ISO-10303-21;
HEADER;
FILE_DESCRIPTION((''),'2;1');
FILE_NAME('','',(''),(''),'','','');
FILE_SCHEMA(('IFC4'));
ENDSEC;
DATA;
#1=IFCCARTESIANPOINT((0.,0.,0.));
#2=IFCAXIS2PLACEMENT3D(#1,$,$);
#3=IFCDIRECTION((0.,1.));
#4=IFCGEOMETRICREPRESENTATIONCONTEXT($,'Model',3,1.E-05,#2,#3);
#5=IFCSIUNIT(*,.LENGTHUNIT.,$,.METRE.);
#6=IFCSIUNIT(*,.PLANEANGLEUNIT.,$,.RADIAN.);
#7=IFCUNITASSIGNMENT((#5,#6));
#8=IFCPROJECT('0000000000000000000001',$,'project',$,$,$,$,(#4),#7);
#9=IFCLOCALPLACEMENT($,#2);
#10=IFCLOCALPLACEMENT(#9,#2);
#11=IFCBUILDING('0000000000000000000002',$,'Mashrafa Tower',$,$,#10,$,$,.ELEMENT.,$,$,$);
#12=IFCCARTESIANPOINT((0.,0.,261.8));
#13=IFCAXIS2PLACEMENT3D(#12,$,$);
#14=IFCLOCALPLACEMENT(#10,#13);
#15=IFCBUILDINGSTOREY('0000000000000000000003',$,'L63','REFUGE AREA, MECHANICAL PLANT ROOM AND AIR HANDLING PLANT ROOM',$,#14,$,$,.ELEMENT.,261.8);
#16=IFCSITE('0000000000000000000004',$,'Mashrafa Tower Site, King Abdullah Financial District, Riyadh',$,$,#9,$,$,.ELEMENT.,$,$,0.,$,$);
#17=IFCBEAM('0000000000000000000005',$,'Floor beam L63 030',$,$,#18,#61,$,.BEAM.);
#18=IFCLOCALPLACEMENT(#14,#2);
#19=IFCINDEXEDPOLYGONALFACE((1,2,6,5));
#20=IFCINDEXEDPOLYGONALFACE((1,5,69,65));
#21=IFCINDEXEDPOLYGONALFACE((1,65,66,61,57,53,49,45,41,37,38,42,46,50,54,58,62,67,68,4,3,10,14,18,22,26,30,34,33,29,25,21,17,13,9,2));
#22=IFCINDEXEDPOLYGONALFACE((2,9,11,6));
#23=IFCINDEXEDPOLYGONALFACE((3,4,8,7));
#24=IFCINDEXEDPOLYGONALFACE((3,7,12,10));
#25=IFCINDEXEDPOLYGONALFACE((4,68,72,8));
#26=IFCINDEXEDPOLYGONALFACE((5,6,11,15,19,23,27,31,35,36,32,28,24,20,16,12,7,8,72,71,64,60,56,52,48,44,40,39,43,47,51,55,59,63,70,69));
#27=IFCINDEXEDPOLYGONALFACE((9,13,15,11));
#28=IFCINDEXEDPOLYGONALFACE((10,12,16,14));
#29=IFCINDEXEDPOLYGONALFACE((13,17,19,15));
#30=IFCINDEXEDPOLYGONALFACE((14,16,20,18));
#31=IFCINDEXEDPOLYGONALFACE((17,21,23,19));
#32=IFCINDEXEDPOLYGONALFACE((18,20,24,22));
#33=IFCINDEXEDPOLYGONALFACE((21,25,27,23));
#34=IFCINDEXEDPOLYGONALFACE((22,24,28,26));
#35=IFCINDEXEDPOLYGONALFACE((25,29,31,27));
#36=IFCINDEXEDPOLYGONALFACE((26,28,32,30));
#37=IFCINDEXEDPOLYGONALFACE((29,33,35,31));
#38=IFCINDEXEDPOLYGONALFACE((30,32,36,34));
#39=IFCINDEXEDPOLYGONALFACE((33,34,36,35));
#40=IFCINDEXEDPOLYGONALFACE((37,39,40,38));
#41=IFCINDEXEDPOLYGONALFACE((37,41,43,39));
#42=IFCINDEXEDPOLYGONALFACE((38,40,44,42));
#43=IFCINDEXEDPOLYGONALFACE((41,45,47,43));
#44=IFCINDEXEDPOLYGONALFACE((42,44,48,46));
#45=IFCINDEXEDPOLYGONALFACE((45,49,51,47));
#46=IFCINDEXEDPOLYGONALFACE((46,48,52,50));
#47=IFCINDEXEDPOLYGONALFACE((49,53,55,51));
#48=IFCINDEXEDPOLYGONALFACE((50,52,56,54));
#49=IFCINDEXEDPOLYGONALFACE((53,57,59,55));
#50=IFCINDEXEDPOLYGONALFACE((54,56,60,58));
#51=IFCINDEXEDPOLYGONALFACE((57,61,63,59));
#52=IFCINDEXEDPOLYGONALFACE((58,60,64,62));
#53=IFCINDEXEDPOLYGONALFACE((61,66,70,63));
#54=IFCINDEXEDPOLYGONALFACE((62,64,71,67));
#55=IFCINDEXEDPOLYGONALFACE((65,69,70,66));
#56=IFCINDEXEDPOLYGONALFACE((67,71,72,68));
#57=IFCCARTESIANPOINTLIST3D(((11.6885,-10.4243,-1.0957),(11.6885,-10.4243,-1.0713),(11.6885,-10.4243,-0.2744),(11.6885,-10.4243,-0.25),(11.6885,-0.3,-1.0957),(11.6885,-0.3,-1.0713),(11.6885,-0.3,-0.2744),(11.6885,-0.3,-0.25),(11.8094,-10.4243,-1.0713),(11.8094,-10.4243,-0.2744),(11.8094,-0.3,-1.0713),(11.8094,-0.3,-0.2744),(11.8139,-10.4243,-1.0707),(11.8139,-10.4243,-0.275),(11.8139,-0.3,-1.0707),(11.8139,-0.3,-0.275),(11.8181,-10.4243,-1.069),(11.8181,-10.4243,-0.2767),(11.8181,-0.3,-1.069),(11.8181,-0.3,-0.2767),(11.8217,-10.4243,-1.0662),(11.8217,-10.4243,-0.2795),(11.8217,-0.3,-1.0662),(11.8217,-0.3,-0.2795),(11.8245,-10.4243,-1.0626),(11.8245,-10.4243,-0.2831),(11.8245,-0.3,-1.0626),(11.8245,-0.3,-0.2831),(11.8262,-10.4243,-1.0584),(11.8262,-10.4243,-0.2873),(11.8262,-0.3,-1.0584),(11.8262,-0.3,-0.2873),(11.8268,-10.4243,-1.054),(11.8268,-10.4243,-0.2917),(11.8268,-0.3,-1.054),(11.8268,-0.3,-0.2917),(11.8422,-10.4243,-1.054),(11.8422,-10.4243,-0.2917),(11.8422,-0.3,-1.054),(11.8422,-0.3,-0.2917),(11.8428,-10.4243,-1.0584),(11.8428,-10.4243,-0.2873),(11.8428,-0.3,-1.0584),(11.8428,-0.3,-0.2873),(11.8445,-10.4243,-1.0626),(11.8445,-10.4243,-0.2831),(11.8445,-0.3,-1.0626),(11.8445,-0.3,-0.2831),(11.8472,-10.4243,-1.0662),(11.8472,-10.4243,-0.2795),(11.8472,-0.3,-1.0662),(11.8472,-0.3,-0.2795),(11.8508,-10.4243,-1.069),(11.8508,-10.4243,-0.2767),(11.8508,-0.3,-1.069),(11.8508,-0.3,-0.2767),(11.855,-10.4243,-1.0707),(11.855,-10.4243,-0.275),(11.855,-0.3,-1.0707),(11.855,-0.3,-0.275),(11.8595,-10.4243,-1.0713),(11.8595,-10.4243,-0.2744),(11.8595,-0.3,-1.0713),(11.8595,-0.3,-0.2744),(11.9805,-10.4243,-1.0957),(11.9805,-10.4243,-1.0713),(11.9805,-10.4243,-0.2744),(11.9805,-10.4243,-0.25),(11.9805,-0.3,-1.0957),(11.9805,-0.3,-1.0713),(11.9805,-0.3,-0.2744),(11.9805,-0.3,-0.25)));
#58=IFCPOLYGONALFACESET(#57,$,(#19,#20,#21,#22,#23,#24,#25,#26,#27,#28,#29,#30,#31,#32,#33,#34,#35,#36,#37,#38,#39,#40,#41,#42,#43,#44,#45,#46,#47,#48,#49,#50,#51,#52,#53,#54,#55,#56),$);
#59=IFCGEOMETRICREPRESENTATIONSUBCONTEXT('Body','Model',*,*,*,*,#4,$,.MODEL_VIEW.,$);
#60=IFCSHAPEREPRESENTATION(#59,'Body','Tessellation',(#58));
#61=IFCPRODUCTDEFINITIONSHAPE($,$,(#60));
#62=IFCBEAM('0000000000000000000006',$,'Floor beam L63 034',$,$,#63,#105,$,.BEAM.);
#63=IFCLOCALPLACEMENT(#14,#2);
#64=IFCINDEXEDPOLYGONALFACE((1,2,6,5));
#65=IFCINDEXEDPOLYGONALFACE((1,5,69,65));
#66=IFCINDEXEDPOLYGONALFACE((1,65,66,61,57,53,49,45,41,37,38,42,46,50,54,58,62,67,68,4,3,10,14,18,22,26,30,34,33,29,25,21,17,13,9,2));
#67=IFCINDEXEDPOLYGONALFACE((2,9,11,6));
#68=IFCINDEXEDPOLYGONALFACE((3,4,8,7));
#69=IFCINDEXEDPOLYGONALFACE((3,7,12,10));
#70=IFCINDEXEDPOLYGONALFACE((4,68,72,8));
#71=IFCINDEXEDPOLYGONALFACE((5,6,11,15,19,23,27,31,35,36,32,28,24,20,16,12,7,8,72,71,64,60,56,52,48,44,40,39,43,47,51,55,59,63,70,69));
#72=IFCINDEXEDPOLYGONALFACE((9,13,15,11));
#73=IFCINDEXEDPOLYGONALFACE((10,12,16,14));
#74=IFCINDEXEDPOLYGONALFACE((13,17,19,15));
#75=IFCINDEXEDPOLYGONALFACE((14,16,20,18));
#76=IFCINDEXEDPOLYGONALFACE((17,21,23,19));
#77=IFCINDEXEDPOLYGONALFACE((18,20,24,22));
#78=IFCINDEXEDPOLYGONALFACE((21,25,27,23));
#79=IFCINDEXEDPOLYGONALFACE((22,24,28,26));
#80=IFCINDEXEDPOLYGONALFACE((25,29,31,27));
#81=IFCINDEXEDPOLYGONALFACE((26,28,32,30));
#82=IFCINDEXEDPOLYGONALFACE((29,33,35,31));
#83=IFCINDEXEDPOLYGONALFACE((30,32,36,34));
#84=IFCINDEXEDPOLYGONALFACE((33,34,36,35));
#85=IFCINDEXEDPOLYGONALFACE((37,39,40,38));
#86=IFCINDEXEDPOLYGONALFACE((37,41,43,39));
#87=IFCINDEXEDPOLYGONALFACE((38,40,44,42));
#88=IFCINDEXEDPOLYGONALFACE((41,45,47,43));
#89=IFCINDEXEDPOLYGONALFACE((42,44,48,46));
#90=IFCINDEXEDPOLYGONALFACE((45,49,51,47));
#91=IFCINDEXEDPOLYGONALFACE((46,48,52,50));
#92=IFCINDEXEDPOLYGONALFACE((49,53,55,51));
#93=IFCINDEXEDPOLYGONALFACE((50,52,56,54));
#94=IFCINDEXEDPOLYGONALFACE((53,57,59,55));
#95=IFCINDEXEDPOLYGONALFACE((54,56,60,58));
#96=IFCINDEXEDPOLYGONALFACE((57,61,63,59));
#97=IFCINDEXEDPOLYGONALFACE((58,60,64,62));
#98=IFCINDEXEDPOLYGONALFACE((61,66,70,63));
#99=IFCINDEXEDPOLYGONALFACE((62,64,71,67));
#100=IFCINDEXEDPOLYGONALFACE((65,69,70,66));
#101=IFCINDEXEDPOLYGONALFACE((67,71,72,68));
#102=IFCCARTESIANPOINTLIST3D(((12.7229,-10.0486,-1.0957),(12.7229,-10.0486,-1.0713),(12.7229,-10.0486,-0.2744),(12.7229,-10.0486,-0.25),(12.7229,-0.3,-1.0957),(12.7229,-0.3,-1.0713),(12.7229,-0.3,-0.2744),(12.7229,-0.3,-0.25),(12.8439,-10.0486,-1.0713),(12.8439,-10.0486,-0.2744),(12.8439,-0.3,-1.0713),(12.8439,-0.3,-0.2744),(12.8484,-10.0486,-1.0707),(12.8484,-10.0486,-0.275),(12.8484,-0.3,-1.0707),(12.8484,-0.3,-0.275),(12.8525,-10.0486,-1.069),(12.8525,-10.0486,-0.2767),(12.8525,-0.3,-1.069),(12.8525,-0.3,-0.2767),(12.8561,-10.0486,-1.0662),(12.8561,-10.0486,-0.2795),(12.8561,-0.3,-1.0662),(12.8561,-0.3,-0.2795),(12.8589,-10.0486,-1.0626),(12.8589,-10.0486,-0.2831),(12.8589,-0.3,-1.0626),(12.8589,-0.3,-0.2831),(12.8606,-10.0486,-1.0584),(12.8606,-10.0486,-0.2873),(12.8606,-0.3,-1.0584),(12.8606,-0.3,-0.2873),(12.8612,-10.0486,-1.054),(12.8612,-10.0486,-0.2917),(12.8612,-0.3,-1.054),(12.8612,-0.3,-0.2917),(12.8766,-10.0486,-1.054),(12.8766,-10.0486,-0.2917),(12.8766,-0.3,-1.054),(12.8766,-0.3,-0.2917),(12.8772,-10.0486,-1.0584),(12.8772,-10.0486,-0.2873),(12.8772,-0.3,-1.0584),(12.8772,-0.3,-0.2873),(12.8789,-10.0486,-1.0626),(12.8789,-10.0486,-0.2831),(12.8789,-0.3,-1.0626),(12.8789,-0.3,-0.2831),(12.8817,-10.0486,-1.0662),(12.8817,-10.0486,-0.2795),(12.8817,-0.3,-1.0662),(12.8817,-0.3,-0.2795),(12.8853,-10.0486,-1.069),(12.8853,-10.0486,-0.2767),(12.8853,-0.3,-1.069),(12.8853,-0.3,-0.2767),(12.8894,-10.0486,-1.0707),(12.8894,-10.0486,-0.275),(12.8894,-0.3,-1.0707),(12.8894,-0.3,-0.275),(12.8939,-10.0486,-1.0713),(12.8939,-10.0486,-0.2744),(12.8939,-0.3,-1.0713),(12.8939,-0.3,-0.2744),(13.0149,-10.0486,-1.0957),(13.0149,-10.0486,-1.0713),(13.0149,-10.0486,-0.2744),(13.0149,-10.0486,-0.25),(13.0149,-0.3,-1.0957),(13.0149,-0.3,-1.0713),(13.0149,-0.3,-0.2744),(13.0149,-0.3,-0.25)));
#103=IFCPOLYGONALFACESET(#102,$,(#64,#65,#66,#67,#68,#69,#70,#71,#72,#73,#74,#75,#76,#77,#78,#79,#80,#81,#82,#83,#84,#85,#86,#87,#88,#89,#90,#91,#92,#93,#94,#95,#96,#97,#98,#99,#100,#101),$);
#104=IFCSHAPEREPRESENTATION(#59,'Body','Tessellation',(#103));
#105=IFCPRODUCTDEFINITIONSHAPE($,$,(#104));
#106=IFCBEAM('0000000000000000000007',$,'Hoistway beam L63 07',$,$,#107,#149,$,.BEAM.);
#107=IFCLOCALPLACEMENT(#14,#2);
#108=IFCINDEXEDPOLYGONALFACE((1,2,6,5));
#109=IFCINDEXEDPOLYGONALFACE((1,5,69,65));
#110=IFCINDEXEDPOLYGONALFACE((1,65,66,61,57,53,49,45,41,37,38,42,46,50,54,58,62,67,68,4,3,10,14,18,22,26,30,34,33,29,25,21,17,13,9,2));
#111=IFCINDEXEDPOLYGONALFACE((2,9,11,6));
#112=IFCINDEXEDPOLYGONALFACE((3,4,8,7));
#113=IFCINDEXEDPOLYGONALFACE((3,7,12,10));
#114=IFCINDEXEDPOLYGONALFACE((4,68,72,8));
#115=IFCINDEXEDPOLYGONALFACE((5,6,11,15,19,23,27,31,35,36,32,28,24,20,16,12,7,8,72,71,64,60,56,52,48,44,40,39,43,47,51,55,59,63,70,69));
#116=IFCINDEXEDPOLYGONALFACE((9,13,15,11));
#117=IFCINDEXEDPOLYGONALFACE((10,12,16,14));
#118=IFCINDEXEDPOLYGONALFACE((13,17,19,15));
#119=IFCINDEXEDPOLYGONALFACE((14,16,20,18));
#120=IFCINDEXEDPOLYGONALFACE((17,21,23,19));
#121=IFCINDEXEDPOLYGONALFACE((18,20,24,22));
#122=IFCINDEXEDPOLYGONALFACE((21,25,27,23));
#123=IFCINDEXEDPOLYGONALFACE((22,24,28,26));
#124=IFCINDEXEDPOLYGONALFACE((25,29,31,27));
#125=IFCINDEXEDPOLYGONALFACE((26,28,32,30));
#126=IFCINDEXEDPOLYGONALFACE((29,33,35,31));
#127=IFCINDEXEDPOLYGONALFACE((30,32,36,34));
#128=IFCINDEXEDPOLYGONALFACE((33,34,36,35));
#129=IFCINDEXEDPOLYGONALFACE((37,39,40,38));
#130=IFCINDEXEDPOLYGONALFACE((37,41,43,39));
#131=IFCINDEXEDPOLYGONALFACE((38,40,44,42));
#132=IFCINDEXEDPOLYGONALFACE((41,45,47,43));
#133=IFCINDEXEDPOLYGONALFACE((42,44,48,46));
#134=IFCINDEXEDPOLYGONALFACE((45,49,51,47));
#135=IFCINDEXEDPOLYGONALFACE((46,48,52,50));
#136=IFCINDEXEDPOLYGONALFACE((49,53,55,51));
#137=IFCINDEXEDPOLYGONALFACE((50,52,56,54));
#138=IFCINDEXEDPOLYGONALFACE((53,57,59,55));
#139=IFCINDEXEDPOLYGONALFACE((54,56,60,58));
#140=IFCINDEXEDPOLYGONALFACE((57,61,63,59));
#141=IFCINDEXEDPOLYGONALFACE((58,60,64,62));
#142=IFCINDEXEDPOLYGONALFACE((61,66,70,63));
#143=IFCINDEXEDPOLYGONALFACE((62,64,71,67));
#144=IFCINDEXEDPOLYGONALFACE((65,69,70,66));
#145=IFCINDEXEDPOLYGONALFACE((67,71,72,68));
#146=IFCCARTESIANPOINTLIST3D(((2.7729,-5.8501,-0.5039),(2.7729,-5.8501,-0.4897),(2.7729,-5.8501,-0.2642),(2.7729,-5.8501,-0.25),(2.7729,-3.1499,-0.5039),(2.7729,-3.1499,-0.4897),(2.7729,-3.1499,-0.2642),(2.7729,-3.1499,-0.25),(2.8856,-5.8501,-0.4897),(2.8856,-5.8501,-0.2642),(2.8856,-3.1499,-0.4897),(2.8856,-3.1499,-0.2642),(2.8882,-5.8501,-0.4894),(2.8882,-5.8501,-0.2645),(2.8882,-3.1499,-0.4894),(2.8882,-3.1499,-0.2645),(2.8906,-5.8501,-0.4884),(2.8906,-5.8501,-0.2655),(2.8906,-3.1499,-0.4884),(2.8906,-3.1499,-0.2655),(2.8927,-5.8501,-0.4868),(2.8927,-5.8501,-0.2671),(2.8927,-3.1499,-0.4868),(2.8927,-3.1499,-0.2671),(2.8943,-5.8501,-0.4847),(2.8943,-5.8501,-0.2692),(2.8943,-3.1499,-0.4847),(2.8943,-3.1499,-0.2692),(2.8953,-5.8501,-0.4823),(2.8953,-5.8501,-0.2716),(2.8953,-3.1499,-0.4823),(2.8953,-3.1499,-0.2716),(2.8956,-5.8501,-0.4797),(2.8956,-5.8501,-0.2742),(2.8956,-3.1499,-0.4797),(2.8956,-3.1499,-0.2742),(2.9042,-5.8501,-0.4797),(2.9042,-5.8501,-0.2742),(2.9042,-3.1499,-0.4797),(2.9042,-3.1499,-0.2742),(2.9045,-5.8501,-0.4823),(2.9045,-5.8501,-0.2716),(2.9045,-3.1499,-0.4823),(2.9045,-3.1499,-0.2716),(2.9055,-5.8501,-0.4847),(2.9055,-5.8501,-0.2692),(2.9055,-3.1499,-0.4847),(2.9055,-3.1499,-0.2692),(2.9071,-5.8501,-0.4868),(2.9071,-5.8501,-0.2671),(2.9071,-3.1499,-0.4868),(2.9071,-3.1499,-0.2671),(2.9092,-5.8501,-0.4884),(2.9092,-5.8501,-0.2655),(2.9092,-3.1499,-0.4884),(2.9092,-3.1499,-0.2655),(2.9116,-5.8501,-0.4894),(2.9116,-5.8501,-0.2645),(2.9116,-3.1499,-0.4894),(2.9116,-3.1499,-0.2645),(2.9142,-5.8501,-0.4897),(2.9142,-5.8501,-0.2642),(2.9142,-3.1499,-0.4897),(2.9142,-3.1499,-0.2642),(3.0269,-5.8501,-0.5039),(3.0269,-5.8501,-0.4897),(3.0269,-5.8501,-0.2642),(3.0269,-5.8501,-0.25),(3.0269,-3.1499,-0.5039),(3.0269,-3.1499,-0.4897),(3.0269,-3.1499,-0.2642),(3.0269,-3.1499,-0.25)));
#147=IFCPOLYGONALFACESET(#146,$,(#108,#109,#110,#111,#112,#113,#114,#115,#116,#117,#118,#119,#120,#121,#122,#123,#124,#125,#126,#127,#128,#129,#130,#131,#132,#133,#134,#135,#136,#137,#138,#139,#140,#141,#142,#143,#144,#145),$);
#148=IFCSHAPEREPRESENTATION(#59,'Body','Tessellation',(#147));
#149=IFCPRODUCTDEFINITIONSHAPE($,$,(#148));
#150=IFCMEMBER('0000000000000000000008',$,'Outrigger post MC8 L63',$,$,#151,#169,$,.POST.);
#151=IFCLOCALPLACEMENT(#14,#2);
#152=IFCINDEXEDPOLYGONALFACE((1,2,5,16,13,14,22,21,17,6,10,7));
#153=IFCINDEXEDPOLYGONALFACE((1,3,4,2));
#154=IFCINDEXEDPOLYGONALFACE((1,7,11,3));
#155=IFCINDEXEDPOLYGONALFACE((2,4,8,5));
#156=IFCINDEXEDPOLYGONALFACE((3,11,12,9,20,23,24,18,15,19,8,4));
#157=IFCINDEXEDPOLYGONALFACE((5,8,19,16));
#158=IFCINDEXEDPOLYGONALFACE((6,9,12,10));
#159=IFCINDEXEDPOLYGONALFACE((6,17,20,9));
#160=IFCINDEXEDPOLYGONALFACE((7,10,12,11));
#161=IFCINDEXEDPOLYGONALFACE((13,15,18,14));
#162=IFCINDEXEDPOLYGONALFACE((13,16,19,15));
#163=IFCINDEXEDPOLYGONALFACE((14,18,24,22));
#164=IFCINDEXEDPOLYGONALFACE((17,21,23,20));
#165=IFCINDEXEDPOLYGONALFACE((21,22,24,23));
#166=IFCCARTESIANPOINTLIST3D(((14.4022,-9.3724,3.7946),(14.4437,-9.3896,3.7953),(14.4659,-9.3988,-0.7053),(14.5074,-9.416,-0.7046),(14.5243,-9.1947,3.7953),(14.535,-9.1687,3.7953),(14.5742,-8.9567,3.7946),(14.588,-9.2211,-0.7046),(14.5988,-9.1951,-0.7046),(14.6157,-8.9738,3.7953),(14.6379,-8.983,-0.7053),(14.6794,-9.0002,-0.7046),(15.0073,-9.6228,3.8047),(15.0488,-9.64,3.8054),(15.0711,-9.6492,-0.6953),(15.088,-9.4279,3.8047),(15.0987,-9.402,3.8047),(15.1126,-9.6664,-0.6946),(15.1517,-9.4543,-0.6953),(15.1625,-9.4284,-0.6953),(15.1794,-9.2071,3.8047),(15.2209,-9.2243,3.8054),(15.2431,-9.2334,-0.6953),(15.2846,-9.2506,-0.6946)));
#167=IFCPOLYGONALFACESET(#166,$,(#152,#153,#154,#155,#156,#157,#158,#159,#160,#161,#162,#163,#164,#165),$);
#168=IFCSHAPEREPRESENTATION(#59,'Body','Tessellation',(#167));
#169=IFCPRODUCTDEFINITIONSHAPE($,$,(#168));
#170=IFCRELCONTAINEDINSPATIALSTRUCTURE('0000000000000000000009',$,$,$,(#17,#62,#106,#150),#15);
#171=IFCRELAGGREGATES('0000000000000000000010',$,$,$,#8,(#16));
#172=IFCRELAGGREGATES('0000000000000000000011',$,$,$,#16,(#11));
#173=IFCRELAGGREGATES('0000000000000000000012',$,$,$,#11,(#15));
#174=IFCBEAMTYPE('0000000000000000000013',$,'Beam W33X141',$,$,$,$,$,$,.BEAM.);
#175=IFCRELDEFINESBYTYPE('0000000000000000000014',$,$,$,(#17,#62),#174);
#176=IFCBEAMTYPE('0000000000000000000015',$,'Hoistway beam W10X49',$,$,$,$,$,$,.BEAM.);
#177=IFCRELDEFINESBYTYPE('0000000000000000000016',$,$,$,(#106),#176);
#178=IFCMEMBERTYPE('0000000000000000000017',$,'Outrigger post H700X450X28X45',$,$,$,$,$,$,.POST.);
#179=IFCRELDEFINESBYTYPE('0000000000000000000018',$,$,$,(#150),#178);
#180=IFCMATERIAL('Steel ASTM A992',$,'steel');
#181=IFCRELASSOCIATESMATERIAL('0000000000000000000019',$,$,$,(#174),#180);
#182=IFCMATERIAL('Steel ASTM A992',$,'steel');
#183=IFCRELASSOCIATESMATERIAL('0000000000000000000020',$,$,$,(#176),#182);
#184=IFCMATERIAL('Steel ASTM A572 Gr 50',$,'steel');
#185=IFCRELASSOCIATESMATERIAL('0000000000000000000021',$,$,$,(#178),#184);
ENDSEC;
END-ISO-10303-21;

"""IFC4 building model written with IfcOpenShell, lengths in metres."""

from ifc_helpers import new_model, si_unit, direction, frame, origin, origin_2d, place, context, subcontext, project, spatial, i_section, extrude, source, transform, mapped, material, material_profile, profile_set, type_object, type_shapes, element, save


model = new_model("IFC4")

# Units and contexts
model_context = context("Model", 3, precision=1e-05, world=origin(), true_north=direction((0.0, 1.0)))
body_context = subcontext(model_context, "Body", "Model", "MODEL_VIEW")
ifc_project = project(units=[si_unit("LENGTHUNIT", "METRE"), si_unit("PLANEANGLEUNIT", "RADIAN")], contexts=[model_context])

# Site, building, storey
site_placement = place(None, origin())
site = spatial("IfcSite", under=ifc_project, at=site_placement, Name="Mashrafa Tower Site, King Abdullah Financial District, Riyadh", CompositionType="ELEMENT", RefElevation=0.0)
building_placement = place(site_placement, origin())
building = spatial("IfcBuilding", under=site, at=building_placement, Name="Mashrafa Tower", CompositionType="ELEMENT")
storey_placement = place(building_placement, frame((0.0, 0.0, 261.8)))
storey = spatial("IfcBuildingStorey", under=building, at=storey_placement, Name="L63", Description="REFUGE AREA, MECHANICAL PLANT ROOM AND AIR HANDLING PLANT ROOM", CompositionType="ELEMENT", Elevation=261.8)

# Beams
ifc_material_1 = material(Name="Steel ASTM A992", Category="steel")
ifc_material_profile_1 = material_profile(ifc_material_1, i_section(OverallWidth=0.292, OverallDepth=0.8457, WebThickness=0.0154, FlangeThickness=0.0244, FilletRadius=0.0173, at=origin_2d()), Name="W33X141")
ifc_profile_set_1 = profile_set([ifc_material_profile_1], Name="Steel ASTM A992")
beam_type_1 = type_object("IfcBeamType", Name="Beam W33X141", PredefinedType="BEAM", material=ifc_profile_set_1)
beam_1_placement = place(storey_placement, frame((11.8345, -0.3, -0.6729), z_axis=(0.0, -1.0, 0.0), x_axis=(1.0, 0.0, 0.0)))
element("IfcBeam", 1, at=beam_1_placement, inside=storey, type_object=beam_type_1, Name="Floor beam L63 030", PredefinedType="BEAM", context=body_context, shape_type="SweptSolid", body=[
    extrude(i_section(OverallWidth=0.292, OverallDepth=0.8457, WebThickness=0.0154, FlangeThickness=0.0244, FilletRadius=0.0173, at=origin_2d()), origin(), (0.0, 0.0, 1.0), 10.1243),
])
beam_2_placement = place(storey_placement, frame((12.8689, -0.3, -0.6729), z_axis=(0.0, -1.0, 0.0), x_axis=(1.0, 0.0, 0.0)))
element("IfcBeam", 2, at=beam_2_placement, inside=storey, type_object=beam_type_1, Name="Floor beam L63 034", PredefinedType="BEAM", context=body_context, shape_type="SweptSolid", body=[
    extrude(i_section(OverallWidth=0.292, OverallDepth=0.8457, WebThickness=0.0154, FlangeThickness=0.0244, FilletRadius=0.0173, at=origin_2d()), origin(), (0.0, 0.0, 1.0), 9.7485),
])
ifc_material_2 = material(Name="Steel ASTM A992", Category="steel")
ifc_material_profile_2 = material_profile(ifc_material_2, i_section(OverallWidth=0.2539, OverallDepth=0.2539, WebThickness=0.0085, FlangeThickness=0.0142, FilletRadius=0.01, at=origin_2d()), Name="W10X49")
ifc_profile_set_2 = profile_set([ifc_material_profile_2], Name="Steel ASTM A992")
beam_type_2 = type_object("IfcBeamType", Name="Hoistway beam W10X49", PredefinedType="BEAM", material=ifc_profile_set_2)
beam_3_placement = place(storey_placement, frame((2.8999, -5.8501, -0.377), z_axis=(0.0, 1.0, 0.0), x_axis=(-1.0, 0.0, 0.0)))
element("IfcBeam", 3, at=beam_3_placement, inside=storey, type_object=beam_type_2, Name="Hoistway beam L63 07", PredefinedType="BEAM", context=body_context, shape_type="SweptSolid", body=[
    extrude(i_section(OverallWidth=0.2539, OverallDepth=0.2539, WebThickness=0.0085, FlangeThickness=0.0142, FilletRadius=0.01, at=origin_2d()), origin(), (0.0, 0.0, 1.0), 2.7002),
])

# Member
ifc_material_3 = material(Name="Steel ASTM A572 Gr 50", Category="steel")
ifc_material_profile_3 = material_profile(ifc_material_3, i_section(OverallWidth=0.45, OverallDepth=0.7, WebThickness=0.0281, FlangeThickness=0.0449, at=origin_2d()), Name="H700X450X28X45")
ifc_profile_set_3 = profile_set([ifc_material_profile_3], Name="Steel ASTM A572 Gr 50")
member_type_1 = type_object("IfcMemberType", Name="Outrigger post H700X450X28X45", PredefinedType="POST", material=ifc_profile_set_3)
shared_shape_1 = source(origin(), body_context, "Body", "SweptSolid", [
    extrude(i_section(OverallWidth=0.45, OverallDepth=0.7, WebThickness=0.0281, FlangeThickness=0.0449, at=origin_2d()), origin(), (0.0, 0.0, 1.0), 4.5005),
])
type_shapes(member_type_1, [shared_shape_1])
member_1_placement = place(storey_placement, frame((14.8752, -9.3247, -0.7), z_axis=(-0.014158, 0.005859, 0.999883), x_axis=(-0.382352, -0.924017, 0.0)))
element("IfcMember", 4, at=member_1_placement, inside=storey, type_object=member_type_1, Name="Outrigger post MC8 L63", PredefinedType="POST", context=body_context, shape_type="MappedRepresentation", body=[
    mapped(shared_shape_1, transform((0.0, 0.0, 0.0))),
])

save(model, "model.ifc")
